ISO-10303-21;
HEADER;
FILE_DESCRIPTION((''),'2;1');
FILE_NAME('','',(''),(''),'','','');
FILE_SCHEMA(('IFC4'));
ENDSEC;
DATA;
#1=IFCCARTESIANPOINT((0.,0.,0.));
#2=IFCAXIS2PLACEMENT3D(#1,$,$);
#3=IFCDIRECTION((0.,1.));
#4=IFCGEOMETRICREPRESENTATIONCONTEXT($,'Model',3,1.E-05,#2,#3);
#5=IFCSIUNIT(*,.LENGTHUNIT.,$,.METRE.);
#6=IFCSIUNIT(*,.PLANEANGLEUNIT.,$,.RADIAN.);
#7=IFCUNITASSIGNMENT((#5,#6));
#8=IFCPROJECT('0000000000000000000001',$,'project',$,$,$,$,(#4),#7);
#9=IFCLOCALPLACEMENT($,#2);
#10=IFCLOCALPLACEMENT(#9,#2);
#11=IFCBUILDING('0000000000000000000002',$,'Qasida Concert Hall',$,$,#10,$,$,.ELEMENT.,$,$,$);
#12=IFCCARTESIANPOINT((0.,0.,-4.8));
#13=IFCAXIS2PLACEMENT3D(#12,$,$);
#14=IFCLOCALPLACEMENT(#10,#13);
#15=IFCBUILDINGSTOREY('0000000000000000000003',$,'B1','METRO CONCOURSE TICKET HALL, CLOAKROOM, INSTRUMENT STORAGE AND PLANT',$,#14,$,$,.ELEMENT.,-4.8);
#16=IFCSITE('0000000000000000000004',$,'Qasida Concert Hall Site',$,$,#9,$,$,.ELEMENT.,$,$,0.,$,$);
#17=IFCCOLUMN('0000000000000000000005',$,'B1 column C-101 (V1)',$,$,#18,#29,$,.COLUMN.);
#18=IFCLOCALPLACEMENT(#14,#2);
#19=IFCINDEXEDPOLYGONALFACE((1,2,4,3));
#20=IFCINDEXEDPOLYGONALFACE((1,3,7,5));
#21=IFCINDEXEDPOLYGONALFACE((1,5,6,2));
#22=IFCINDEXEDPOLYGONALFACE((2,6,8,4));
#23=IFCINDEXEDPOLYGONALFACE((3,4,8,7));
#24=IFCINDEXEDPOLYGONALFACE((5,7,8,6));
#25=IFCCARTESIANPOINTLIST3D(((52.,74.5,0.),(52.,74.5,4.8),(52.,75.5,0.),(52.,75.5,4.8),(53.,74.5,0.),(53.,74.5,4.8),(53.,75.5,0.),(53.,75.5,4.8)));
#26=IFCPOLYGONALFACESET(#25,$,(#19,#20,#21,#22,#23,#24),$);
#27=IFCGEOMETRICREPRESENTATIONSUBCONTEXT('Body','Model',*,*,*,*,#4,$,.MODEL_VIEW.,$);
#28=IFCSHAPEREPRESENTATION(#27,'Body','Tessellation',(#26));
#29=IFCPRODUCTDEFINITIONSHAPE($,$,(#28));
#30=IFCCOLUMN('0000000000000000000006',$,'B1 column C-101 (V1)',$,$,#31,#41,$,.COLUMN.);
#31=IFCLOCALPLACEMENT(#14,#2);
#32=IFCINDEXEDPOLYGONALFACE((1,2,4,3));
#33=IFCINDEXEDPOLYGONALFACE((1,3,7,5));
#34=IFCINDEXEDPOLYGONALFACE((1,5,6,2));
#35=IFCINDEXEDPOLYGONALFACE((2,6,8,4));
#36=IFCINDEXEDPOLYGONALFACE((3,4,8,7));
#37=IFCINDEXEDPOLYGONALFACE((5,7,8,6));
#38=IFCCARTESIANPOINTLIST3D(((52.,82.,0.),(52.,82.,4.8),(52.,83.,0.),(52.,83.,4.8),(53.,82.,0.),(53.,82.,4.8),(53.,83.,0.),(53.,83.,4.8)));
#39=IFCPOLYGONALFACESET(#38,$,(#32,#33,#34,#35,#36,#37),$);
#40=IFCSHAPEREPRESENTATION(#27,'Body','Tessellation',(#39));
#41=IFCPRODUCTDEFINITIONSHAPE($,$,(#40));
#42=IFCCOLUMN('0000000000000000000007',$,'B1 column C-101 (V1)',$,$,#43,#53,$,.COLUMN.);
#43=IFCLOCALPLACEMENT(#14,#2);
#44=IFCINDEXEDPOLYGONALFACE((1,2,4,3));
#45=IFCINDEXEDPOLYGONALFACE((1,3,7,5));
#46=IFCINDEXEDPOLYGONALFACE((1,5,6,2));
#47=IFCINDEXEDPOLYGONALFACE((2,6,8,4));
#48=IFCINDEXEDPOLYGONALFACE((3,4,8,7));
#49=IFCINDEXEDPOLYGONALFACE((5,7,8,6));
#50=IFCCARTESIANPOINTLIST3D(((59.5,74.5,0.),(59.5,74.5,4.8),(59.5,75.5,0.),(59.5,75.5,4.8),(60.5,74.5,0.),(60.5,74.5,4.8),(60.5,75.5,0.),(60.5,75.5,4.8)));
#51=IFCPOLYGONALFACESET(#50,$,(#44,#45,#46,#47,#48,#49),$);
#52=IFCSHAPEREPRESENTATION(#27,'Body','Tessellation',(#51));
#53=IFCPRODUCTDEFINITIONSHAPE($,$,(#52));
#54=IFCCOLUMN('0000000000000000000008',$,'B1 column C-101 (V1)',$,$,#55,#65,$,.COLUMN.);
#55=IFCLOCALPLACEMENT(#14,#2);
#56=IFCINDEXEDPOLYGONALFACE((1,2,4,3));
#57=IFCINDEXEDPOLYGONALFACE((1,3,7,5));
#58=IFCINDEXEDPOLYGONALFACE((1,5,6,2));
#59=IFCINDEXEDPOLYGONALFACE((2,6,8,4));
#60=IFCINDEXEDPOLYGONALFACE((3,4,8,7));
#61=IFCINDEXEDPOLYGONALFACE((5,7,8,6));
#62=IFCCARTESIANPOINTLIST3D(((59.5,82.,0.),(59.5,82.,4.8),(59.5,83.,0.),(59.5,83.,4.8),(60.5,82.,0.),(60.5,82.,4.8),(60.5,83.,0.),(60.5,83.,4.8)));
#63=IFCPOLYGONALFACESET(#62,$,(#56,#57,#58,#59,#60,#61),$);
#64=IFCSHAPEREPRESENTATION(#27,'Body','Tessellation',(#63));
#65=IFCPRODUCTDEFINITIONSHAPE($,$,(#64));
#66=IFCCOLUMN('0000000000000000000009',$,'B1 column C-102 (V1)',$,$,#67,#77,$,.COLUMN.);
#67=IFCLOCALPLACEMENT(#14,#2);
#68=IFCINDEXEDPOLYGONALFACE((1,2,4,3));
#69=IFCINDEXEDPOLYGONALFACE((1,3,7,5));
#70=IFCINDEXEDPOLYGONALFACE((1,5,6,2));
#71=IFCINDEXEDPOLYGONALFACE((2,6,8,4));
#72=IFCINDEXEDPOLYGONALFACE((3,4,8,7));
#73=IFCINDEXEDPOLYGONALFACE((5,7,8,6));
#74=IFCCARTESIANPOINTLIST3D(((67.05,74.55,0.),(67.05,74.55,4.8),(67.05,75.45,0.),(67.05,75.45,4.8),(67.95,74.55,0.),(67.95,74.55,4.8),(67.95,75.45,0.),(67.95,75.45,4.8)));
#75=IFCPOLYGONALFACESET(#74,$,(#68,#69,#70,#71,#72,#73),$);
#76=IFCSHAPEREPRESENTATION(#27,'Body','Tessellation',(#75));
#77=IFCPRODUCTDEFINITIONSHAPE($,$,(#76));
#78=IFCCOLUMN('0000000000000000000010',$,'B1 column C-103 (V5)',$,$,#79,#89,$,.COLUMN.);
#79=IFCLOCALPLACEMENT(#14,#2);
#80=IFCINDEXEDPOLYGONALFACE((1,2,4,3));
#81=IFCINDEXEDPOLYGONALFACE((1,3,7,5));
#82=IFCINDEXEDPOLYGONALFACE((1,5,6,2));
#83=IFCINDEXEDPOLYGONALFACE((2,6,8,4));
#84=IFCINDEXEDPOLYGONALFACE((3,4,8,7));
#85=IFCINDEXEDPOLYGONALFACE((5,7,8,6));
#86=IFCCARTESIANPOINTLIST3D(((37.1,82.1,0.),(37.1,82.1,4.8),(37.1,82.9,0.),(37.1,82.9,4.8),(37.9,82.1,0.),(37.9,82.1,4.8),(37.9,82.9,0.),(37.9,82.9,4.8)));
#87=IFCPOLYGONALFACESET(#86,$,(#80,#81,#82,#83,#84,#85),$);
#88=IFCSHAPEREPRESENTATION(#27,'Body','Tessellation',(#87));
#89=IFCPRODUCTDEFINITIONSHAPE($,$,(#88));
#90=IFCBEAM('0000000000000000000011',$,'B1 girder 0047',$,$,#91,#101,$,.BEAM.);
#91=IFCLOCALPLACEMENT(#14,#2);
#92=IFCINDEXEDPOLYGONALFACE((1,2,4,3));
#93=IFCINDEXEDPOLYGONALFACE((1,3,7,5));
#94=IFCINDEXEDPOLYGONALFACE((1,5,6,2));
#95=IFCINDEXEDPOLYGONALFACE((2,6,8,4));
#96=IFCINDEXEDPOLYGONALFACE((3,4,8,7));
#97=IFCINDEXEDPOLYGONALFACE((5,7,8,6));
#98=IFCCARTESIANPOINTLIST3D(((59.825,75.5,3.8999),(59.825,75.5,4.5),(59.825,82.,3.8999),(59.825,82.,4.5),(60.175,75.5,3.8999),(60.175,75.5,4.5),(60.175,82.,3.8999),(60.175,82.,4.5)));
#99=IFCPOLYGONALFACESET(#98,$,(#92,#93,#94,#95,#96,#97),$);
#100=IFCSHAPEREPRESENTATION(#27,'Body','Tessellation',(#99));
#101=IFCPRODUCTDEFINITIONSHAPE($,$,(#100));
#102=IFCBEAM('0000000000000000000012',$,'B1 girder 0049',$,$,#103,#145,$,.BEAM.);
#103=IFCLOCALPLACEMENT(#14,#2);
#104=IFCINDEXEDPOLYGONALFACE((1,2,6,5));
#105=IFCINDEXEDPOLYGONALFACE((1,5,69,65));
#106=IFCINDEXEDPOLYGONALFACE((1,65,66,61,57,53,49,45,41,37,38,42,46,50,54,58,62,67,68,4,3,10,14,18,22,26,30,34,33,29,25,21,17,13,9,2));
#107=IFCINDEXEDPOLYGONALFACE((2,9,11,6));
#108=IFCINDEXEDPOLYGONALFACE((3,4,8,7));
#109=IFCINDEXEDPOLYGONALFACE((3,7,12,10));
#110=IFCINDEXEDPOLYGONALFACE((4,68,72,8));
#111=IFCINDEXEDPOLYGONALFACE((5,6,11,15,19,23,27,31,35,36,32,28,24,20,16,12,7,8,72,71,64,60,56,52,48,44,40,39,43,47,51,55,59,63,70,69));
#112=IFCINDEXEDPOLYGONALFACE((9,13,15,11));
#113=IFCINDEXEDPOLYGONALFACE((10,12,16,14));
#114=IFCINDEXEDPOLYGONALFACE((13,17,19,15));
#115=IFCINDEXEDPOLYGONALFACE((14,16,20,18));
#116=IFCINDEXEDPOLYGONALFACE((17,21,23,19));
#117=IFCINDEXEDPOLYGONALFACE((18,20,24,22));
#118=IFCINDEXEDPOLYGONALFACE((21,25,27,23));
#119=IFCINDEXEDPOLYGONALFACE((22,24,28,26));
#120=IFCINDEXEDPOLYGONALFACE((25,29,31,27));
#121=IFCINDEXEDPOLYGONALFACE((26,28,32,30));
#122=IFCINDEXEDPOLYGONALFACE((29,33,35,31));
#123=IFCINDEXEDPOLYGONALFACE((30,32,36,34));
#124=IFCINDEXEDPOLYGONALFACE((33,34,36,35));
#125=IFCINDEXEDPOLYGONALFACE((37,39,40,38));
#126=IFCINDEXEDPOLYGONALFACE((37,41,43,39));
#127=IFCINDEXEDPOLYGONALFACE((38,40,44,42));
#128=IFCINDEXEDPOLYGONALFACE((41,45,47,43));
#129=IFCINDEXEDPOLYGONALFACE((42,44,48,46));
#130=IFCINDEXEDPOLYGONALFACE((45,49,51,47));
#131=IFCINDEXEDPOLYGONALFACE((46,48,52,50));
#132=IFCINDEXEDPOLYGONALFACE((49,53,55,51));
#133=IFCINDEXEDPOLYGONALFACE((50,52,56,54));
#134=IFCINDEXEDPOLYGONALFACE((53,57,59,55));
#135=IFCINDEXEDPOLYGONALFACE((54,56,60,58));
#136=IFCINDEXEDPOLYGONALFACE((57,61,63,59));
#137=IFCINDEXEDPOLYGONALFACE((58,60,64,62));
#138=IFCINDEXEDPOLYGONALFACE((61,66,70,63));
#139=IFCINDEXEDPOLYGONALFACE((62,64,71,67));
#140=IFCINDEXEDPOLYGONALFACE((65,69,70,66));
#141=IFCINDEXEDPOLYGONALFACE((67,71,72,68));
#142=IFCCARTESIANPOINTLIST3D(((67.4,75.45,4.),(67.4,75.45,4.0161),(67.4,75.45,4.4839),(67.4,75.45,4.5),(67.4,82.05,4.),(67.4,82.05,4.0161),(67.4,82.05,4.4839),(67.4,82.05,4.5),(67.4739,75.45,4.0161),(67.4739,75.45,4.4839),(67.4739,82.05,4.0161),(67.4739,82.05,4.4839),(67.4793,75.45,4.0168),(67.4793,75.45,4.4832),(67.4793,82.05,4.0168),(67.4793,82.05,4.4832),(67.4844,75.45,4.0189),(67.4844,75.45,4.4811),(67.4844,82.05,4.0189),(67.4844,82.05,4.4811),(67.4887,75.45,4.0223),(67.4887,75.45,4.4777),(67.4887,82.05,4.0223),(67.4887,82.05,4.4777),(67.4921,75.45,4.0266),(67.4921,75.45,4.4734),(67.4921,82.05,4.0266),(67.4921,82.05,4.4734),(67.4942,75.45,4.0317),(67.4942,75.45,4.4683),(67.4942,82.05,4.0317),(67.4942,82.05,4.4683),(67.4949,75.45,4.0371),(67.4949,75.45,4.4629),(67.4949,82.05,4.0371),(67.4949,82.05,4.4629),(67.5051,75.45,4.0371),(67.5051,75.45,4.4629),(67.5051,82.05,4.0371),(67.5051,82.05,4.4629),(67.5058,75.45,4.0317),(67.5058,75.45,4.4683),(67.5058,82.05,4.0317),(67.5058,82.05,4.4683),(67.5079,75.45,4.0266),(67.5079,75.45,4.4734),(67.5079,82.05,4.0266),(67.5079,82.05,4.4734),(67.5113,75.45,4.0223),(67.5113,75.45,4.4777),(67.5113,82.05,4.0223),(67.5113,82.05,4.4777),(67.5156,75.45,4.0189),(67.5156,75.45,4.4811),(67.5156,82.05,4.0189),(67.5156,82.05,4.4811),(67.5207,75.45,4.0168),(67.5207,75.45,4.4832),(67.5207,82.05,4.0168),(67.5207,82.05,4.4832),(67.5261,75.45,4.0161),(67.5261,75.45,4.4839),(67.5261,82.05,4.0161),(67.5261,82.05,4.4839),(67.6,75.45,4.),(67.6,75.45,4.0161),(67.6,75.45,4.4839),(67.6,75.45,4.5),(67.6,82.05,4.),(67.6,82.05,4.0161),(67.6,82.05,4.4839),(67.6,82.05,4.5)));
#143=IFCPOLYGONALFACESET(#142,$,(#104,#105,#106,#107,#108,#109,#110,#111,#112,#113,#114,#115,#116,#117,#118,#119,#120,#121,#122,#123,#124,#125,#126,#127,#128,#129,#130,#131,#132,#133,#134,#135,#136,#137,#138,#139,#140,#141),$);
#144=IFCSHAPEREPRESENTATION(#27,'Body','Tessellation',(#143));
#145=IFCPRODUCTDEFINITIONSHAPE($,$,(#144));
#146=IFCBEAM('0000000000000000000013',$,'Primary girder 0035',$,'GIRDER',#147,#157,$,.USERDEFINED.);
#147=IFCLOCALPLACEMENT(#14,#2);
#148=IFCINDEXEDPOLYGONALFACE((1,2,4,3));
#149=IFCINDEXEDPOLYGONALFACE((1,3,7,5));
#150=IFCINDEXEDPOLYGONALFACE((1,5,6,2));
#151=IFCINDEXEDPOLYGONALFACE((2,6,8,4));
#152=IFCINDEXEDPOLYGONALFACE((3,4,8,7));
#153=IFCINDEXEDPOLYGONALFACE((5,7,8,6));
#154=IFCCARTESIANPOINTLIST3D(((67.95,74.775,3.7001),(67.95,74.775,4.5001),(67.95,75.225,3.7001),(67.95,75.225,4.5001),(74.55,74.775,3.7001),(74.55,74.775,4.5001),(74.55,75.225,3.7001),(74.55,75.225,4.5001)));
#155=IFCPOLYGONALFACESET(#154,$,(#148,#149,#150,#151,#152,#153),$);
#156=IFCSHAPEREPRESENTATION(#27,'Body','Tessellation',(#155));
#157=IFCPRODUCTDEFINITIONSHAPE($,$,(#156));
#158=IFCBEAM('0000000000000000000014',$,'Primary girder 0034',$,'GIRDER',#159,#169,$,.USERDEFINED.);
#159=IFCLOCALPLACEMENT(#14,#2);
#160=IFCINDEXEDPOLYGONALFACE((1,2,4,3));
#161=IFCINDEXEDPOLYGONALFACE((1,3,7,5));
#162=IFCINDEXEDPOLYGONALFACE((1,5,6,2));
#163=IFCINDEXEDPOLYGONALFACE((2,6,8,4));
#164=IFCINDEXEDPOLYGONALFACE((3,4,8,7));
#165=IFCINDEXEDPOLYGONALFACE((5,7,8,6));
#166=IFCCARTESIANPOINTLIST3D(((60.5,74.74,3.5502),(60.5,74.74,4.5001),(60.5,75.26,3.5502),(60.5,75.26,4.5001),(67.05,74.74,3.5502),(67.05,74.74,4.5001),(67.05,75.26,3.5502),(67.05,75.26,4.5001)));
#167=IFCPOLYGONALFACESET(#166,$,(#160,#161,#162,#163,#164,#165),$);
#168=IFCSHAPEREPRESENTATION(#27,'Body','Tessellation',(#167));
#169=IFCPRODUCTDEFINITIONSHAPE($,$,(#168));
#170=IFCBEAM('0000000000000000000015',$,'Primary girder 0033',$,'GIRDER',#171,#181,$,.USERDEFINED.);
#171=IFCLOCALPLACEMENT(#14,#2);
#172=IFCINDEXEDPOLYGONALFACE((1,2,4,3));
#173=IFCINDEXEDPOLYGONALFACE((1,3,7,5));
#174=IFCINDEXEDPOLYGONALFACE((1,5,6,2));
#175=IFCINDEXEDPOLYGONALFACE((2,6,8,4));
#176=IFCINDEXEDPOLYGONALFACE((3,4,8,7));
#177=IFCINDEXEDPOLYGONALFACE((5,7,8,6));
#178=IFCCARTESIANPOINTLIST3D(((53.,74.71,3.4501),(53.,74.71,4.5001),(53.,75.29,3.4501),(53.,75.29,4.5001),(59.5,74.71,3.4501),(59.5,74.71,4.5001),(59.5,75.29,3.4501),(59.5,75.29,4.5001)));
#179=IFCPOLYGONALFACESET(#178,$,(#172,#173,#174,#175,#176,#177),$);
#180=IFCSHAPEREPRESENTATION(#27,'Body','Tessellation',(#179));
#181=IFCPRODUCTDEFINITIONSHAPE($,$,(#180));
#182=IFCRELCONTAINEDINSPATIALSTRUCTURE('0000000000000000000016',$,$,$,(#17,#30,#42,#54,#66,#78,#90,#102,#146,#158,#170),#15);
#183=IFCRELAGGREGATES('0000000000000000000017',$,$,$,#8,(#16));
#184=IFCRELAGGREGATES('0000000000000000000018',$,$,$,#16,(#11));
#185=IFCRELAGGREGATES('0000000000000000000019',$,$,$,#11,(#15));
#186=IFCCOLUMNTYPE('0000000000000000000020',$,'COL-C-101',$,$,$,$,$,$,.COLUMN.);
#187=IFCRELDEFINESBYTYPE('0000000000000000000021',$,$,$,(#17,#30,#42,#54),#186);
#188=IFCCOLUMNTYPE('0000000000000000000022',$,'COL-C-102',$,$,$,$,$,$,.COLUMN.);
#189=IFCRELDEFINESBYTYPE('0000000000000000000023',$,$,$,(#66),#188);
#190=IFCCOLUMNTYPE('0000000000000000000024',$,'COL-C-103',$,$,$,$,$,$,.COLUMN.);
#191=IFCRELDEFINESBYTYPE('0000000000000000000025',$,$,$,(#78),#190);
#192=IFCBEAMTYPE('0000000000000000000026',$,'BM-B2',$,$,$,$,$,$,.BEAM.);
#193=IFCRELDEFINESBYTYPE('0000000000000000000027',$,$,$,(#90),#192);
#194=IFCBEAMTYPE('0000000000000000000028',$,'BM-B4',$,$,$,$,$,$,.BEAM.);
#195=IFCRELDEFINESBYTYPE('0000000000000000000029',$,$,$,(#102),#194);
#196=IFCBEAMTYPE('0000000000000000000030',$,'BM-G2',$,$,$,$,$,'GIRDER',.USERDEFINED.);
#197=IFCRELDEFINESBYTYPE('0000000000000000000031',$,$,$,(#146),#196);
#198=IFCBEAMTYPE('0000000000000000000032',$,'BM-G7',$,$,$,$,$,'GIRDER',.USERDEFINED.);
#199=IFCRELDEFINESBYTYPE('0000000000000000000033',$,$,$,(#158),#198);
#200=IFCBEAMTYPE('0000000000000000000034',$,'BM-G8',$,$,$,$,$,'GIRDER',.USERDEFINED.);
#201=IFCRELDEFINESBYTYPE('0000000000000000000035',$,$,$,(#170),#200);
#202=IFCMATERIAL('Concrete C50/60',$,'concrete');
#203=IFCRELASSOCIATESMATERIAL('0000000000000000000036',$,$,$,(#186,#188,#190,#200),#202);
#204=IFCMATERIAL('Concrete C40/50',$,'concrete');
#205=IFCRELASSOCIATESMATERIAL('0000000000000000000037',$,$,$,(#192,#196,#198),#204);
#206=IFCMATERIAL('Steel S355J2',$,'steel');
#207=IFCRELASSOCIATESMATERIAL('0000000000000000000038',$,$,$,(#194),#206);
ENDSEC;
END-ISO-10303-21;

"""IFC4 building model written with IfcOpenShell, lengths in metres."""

from ifc_helpers import new_model, si_unit, direction, frame, origin, origin_2d, place, context, subcontext, project, spatial, rectangle, i_section, extrude, material, material_profile, profile_set, type_object, element, save


model = new_model("IFC4")

# Units and contexts
model_context = context("Model", 3, precision=1e-05, world=origin(), true_north=direction((0.0, 1.0)))
body_context = subcontext(model_context, "Body", "Model", "MODEL_VIEW")
ifc_project = project(units=[si_unit("LENGTHUNIT", "METRE"), si_unit("PLANEANGLEUNIT", "RADIAN")], contexts=[model_context])

# Site, building, storey
site_placement = place(None, origin())
site = spatial("IfcSite", under=ifc_project, at=site_placement, Name="Qasida Concert Hall Site", CompositionType="ELEMENT", RefElevation=0.0)
building_placement = place(site_placement, origin())
building = spatial("IfcBuilding", under=site, at=building_placement, Name="Qasida Concert Hall", CompositionType="ELEMENT")
storey_placement = place(building_placement, frame((0.0, 0.0, -4.8)))
storey = spatial("IfcBuildingStorey", under=building, at=storey_placement, Name="B1", Description="METRO CONCOURSE TICKET HALL, CLOAKROOM, INSTRUMENT STORAGE AND PLANT", CompositionType="ELEMENT", Elevation=-4.8)

# Shared definitions
ifc_material_1 = material(Name="Concrete C40/50", Category="concrete")

# Columns
ifc_material_2 = material(Name="Concrete C50/60", Category="concrete")
ifc_material_profile_1 = material_profile(ifc_material_2, rectangle(XDim=1.0, YDim=1.0, at=origin_2d()), Name="RC 1000x1000")
ifc_profile_set_1 = profile_set([ifc_material_profile_1], Name="Concrete C50/60")
column_type_1 = type_object("IfcColumnType", Name="COL-C-101", PredefinedType="COLUMN", material=ifc_profile_set_1)
for number, where, z_axis, x_axis, name in (
    (1, (52.5, 75.0, 0.0), (0.0, 0.0, 1.0), (1.0, 0.0, 0.0), "B1 column C-101 (V1)"),
    (2, (52.5, 82.5, 0.0), (0.0, 0.0, 1.0), (1.0, 0.0, 0.0), "B1 column C-101 (V1)"),
    (3, (60.0, 75.0, 0.0), (0.0, 0.0, 1.0), (1.0, 0.0, 0.0), "B1 column C-101 (V1)"),
    (4, (60.0, 82.5, 0.0), (0.0, 0.0, 1.0), (1.0, 0.0, 0.0), "B1 column C-101 (V1)"),
):
    element("IfcColumn", number, at=place(storey_placement, frame(where, z_axis=z_axis, x_axis=x_axis)), inside=storey, type_object=column_type_1, Name=name, PredefinedType="COLUMN", context=body_context, shape_type="SweptSolid", body=[
        extrude(rectangle(XDim=1.0, YDim=1.0, at=origin_2d()), origin(), (0.0, 0.0, 1.0), 4.8),
    ])
ifc_material_profile_2 = material_profile(ifc_material_2, rectangle(XDim=0.8999, YDim=0.8999, at=origin_2d()), Name="RC 900x900")
ifc_profile_set_2 = profile_set([ifc_material_profile_2], Name="Concrete C50/60")
column_type_2 = type_object("IfcColumnType", Name="COL-C-102", PredefinedType="COLUMN", material=ifc_profile_set_2)
column_1_placement = place(storey_placement, frame((67.5, 75.0, 0.0), z_axis=(0.0, 0.0, 1.0), x_axis=(1.0, 0.0, 0.0)))
element("IfcColumn", 5, at=column_1_placement, inside=storey, type_object=column_type_2, Name="B1 column C-102 (V1)", PredefinedType="COLUMN", context=body_context, shape_type="SweptSolid", body=[
    extrude(rectangle(XDim=0.8999, YDim=0.8999, at=origin_2d()), origin(), (0.0, 0.0, 1.0), 4.8),
])
ifc_material_profile_3 = material_profile(ifc_material_2, rectangle(XDim=0.8, YDim=0.8, at=origin_2d()), Name="RC 800x800")
ifc_profile_set_3 = profile_set([ifc_material_profile_3], Name="Concrete C50/60")
column_type_3 = type_object("IfcColumnType", Name="COL-C-103", PredefinedType="COLUMN", material=ifc_profile_set_3)
column_2_placement = place(storey_placement, frame((37.5, 82.5, 0.0), z_axis=(0.0, 0.0, 1.0), x_axis=(1.0, 0.0, 0.0)))
element("IfcColumn", 6, at=column_2_placement, inside=storey, type_object=column_type_3, Name="B1 column C-103 (V5)", PredefinedType="COLUMN", context=body_context, shape_type="SweptSolid", body=[
    extrude(rectangle(XDim=0.8, YDim=0.8, at=origin_2d()), origin(), (0.0, 0.0, 1.0), 4.8),
])

# Beams
ifc_material_profile_4 = material_profile(ifc_material_1, rectangle(XDim=0.3501, YDim=0.6001, at=origin_2d()), Name="RC 350x600")
ifc_profile_set_4 = profile_set([ifc_material_profile_4], Name="Concrete C40/50")
beam_type_1 = type_object("IfcBeamType", Name="BM-B2", PredefinedType="BEAM", material=ifc_profile_set_4)
beam_1_placement = place(storey_placement, frame((60.0, 75.5, 4.2), z_axis=(0.0, 1.0, 0.0), x_axis=(-1.0, 0.0, 0.0)))
element("IfcBeam", 7, at=beam_1_placement, inside=storey, type_object=beam_type_1, Name="B1 girder 0047", PredefinedType="BEAM", context=body_context, shape_type="SweptSolid", body=[
    extrude(rectangle(XDim=0.3501, YDim=0.6001, at=origin_2d()), origin(), (0.0, 0.0, 1.0), 6.5),
])
ifc_material_3 = material(Name="Steel S355J2", Category="steel")
ifc_material_profile_5 = material_profile(ifc_material_3, i_section(OverallWidth=0.2, OverallDepth=0.5, WebThickness=0.0103, FlangeThickness=0.0161, FilletRadius=0.021, at=origin_2d()), Name="IPE 500")
ifc_profile_set_5 = profile_set([ifc_material_profile_5], Name="Steel S355J2")
beam_type_2 = type_object("IfcBeamType", Name="BM-B4", PredefinedType="BEAM", material=ifc_profile_set_5)
beam_2_placement = place(storey_placement, frame((67.5, 75.45, 4.25), z_axis=(0.0, 1.0, 0.0), x_axis=(-1.0, 0.0, 0.0)))
element("IfcBeam", 8, at=beam_2_placement, inside=storey, type_object=beam_type_2, Name="B1 girder 0049", PredefinedType="BEAM", context=body_context, shape_type="SweptSolid", body=[
    extrude(i_section(OverallWidth=0.2, OverallDepth=0.5, WebThickness=0.0103, FlangeThickness=0.0161, FilletRadius=0.021, at=origin_2d()), origin(), (0.0, 0.0, 1.0), 6.6001),
])
ifc_material_profile_6 = material_profile(ifc_material_1, rectangle(XDim=0.45, YDim=0.8, at=origin_2d()), Name="RC 450x800")
ifc_profile_set_6 = profile_set([ifc_material_profile_6], Name="Concrete C40/50")
beam_type_3 = type_object("IfcBeamType", Name="BM-G2", ElementType="GIRDER", PredefinedType="USERDEFINED", material=ifc_profile_set_6)
beam_3_placement = place(storey_placement, frame((67.95, 75.0, 4.1001), z_axis=(1.0, 0.0, 0.0), x_axis=(0.0, 1.0, 0.0)))
element("IfcBeam", 9, at=beam_3_placement, inside=storey, type_object=beam_type_3, Name="Primary girder 0035", ObjectType="GIRDER", PredefinedType="USERDEFINED", context=body_context, shape_type="SweptSolid", body=[
    extrude(rectangle(XDim=0.45, YDim=0.8, at=origin_2d()), origin(), (0.0, 0.0, 1.0), 6.6001),
])
ifc_material_profile_7 = material_profile(ifc_material_1, rectangle(XDim=0.52, YDim=0.95, at=origin_2d()), Name="RC 520x950")
ifc_profile_set_7 = profile_set([ifc_material_profile_7], Name="Concrete C40/50")
beam_type_4 = type_object("IfcBeamType", Name="BM-G7", ElementType="GIRDER", PredefinedType="USERDEFINED", material=ifc_profile_set_7)
beam_4_placement = place(storey_placement, frame((60.5, 75.0, 4.0251), z_axis=(1.0, 0.0, 0.0), x_axis=(0.0, 1.0, 0.0)))
element("IfcBeam", 10, at=beam_4_placement, inside=storey, type_object=beam_type_4, Name="Primary girder 0034", ObjectType="GIRDER", PredefinedType="USERDEFINED", context=body_context, shape_type="SweptSolid", body=[
    extrude(rectangle(XDim=0.52, YDim=0.95, at=origin_2d()), origin(), (0.0, 0.0, 1.0), 6.55),
])
ifc_material_profile_8 = material_profile(ifc_material_2, rectangle(XDim=0.5801, YDim=1.05, at=origin_2d()), Name="RC 580x1050")
ifc_profile_set_8 = profile_set([ifc_material_profile_8], Name="Concrete C50/60")
beam_type_5 = type_object("IfcBeamType", Name="BM-G8", ElementType="GIRDER", PredefinedType="USERDEFINED", material=ifc_profile_set_8)
beam_5_placement = place(storey_placement, frame((53.0, 75.0, 3.9751), z_axis=(1.0, 0.0, 0.0), x_axis=(0.0, 1.0, 0.0)))
element("IfcBeam", 11, at=beam_5_placement, inside=storey, type_object=beam_type_5, Name="Primary girder 0033", ObjectType="GIRDER", PredefinedType="USERDEFINED", context=body_context, shape_type="SweptSolid", body=[
    extrude(rectangle(XDim=0.5801, YDim=1.05, at=origin_2d()), origin(), (0.0, 0.0, 1.0), 6.5),
])

save(model, "model.ifc")
